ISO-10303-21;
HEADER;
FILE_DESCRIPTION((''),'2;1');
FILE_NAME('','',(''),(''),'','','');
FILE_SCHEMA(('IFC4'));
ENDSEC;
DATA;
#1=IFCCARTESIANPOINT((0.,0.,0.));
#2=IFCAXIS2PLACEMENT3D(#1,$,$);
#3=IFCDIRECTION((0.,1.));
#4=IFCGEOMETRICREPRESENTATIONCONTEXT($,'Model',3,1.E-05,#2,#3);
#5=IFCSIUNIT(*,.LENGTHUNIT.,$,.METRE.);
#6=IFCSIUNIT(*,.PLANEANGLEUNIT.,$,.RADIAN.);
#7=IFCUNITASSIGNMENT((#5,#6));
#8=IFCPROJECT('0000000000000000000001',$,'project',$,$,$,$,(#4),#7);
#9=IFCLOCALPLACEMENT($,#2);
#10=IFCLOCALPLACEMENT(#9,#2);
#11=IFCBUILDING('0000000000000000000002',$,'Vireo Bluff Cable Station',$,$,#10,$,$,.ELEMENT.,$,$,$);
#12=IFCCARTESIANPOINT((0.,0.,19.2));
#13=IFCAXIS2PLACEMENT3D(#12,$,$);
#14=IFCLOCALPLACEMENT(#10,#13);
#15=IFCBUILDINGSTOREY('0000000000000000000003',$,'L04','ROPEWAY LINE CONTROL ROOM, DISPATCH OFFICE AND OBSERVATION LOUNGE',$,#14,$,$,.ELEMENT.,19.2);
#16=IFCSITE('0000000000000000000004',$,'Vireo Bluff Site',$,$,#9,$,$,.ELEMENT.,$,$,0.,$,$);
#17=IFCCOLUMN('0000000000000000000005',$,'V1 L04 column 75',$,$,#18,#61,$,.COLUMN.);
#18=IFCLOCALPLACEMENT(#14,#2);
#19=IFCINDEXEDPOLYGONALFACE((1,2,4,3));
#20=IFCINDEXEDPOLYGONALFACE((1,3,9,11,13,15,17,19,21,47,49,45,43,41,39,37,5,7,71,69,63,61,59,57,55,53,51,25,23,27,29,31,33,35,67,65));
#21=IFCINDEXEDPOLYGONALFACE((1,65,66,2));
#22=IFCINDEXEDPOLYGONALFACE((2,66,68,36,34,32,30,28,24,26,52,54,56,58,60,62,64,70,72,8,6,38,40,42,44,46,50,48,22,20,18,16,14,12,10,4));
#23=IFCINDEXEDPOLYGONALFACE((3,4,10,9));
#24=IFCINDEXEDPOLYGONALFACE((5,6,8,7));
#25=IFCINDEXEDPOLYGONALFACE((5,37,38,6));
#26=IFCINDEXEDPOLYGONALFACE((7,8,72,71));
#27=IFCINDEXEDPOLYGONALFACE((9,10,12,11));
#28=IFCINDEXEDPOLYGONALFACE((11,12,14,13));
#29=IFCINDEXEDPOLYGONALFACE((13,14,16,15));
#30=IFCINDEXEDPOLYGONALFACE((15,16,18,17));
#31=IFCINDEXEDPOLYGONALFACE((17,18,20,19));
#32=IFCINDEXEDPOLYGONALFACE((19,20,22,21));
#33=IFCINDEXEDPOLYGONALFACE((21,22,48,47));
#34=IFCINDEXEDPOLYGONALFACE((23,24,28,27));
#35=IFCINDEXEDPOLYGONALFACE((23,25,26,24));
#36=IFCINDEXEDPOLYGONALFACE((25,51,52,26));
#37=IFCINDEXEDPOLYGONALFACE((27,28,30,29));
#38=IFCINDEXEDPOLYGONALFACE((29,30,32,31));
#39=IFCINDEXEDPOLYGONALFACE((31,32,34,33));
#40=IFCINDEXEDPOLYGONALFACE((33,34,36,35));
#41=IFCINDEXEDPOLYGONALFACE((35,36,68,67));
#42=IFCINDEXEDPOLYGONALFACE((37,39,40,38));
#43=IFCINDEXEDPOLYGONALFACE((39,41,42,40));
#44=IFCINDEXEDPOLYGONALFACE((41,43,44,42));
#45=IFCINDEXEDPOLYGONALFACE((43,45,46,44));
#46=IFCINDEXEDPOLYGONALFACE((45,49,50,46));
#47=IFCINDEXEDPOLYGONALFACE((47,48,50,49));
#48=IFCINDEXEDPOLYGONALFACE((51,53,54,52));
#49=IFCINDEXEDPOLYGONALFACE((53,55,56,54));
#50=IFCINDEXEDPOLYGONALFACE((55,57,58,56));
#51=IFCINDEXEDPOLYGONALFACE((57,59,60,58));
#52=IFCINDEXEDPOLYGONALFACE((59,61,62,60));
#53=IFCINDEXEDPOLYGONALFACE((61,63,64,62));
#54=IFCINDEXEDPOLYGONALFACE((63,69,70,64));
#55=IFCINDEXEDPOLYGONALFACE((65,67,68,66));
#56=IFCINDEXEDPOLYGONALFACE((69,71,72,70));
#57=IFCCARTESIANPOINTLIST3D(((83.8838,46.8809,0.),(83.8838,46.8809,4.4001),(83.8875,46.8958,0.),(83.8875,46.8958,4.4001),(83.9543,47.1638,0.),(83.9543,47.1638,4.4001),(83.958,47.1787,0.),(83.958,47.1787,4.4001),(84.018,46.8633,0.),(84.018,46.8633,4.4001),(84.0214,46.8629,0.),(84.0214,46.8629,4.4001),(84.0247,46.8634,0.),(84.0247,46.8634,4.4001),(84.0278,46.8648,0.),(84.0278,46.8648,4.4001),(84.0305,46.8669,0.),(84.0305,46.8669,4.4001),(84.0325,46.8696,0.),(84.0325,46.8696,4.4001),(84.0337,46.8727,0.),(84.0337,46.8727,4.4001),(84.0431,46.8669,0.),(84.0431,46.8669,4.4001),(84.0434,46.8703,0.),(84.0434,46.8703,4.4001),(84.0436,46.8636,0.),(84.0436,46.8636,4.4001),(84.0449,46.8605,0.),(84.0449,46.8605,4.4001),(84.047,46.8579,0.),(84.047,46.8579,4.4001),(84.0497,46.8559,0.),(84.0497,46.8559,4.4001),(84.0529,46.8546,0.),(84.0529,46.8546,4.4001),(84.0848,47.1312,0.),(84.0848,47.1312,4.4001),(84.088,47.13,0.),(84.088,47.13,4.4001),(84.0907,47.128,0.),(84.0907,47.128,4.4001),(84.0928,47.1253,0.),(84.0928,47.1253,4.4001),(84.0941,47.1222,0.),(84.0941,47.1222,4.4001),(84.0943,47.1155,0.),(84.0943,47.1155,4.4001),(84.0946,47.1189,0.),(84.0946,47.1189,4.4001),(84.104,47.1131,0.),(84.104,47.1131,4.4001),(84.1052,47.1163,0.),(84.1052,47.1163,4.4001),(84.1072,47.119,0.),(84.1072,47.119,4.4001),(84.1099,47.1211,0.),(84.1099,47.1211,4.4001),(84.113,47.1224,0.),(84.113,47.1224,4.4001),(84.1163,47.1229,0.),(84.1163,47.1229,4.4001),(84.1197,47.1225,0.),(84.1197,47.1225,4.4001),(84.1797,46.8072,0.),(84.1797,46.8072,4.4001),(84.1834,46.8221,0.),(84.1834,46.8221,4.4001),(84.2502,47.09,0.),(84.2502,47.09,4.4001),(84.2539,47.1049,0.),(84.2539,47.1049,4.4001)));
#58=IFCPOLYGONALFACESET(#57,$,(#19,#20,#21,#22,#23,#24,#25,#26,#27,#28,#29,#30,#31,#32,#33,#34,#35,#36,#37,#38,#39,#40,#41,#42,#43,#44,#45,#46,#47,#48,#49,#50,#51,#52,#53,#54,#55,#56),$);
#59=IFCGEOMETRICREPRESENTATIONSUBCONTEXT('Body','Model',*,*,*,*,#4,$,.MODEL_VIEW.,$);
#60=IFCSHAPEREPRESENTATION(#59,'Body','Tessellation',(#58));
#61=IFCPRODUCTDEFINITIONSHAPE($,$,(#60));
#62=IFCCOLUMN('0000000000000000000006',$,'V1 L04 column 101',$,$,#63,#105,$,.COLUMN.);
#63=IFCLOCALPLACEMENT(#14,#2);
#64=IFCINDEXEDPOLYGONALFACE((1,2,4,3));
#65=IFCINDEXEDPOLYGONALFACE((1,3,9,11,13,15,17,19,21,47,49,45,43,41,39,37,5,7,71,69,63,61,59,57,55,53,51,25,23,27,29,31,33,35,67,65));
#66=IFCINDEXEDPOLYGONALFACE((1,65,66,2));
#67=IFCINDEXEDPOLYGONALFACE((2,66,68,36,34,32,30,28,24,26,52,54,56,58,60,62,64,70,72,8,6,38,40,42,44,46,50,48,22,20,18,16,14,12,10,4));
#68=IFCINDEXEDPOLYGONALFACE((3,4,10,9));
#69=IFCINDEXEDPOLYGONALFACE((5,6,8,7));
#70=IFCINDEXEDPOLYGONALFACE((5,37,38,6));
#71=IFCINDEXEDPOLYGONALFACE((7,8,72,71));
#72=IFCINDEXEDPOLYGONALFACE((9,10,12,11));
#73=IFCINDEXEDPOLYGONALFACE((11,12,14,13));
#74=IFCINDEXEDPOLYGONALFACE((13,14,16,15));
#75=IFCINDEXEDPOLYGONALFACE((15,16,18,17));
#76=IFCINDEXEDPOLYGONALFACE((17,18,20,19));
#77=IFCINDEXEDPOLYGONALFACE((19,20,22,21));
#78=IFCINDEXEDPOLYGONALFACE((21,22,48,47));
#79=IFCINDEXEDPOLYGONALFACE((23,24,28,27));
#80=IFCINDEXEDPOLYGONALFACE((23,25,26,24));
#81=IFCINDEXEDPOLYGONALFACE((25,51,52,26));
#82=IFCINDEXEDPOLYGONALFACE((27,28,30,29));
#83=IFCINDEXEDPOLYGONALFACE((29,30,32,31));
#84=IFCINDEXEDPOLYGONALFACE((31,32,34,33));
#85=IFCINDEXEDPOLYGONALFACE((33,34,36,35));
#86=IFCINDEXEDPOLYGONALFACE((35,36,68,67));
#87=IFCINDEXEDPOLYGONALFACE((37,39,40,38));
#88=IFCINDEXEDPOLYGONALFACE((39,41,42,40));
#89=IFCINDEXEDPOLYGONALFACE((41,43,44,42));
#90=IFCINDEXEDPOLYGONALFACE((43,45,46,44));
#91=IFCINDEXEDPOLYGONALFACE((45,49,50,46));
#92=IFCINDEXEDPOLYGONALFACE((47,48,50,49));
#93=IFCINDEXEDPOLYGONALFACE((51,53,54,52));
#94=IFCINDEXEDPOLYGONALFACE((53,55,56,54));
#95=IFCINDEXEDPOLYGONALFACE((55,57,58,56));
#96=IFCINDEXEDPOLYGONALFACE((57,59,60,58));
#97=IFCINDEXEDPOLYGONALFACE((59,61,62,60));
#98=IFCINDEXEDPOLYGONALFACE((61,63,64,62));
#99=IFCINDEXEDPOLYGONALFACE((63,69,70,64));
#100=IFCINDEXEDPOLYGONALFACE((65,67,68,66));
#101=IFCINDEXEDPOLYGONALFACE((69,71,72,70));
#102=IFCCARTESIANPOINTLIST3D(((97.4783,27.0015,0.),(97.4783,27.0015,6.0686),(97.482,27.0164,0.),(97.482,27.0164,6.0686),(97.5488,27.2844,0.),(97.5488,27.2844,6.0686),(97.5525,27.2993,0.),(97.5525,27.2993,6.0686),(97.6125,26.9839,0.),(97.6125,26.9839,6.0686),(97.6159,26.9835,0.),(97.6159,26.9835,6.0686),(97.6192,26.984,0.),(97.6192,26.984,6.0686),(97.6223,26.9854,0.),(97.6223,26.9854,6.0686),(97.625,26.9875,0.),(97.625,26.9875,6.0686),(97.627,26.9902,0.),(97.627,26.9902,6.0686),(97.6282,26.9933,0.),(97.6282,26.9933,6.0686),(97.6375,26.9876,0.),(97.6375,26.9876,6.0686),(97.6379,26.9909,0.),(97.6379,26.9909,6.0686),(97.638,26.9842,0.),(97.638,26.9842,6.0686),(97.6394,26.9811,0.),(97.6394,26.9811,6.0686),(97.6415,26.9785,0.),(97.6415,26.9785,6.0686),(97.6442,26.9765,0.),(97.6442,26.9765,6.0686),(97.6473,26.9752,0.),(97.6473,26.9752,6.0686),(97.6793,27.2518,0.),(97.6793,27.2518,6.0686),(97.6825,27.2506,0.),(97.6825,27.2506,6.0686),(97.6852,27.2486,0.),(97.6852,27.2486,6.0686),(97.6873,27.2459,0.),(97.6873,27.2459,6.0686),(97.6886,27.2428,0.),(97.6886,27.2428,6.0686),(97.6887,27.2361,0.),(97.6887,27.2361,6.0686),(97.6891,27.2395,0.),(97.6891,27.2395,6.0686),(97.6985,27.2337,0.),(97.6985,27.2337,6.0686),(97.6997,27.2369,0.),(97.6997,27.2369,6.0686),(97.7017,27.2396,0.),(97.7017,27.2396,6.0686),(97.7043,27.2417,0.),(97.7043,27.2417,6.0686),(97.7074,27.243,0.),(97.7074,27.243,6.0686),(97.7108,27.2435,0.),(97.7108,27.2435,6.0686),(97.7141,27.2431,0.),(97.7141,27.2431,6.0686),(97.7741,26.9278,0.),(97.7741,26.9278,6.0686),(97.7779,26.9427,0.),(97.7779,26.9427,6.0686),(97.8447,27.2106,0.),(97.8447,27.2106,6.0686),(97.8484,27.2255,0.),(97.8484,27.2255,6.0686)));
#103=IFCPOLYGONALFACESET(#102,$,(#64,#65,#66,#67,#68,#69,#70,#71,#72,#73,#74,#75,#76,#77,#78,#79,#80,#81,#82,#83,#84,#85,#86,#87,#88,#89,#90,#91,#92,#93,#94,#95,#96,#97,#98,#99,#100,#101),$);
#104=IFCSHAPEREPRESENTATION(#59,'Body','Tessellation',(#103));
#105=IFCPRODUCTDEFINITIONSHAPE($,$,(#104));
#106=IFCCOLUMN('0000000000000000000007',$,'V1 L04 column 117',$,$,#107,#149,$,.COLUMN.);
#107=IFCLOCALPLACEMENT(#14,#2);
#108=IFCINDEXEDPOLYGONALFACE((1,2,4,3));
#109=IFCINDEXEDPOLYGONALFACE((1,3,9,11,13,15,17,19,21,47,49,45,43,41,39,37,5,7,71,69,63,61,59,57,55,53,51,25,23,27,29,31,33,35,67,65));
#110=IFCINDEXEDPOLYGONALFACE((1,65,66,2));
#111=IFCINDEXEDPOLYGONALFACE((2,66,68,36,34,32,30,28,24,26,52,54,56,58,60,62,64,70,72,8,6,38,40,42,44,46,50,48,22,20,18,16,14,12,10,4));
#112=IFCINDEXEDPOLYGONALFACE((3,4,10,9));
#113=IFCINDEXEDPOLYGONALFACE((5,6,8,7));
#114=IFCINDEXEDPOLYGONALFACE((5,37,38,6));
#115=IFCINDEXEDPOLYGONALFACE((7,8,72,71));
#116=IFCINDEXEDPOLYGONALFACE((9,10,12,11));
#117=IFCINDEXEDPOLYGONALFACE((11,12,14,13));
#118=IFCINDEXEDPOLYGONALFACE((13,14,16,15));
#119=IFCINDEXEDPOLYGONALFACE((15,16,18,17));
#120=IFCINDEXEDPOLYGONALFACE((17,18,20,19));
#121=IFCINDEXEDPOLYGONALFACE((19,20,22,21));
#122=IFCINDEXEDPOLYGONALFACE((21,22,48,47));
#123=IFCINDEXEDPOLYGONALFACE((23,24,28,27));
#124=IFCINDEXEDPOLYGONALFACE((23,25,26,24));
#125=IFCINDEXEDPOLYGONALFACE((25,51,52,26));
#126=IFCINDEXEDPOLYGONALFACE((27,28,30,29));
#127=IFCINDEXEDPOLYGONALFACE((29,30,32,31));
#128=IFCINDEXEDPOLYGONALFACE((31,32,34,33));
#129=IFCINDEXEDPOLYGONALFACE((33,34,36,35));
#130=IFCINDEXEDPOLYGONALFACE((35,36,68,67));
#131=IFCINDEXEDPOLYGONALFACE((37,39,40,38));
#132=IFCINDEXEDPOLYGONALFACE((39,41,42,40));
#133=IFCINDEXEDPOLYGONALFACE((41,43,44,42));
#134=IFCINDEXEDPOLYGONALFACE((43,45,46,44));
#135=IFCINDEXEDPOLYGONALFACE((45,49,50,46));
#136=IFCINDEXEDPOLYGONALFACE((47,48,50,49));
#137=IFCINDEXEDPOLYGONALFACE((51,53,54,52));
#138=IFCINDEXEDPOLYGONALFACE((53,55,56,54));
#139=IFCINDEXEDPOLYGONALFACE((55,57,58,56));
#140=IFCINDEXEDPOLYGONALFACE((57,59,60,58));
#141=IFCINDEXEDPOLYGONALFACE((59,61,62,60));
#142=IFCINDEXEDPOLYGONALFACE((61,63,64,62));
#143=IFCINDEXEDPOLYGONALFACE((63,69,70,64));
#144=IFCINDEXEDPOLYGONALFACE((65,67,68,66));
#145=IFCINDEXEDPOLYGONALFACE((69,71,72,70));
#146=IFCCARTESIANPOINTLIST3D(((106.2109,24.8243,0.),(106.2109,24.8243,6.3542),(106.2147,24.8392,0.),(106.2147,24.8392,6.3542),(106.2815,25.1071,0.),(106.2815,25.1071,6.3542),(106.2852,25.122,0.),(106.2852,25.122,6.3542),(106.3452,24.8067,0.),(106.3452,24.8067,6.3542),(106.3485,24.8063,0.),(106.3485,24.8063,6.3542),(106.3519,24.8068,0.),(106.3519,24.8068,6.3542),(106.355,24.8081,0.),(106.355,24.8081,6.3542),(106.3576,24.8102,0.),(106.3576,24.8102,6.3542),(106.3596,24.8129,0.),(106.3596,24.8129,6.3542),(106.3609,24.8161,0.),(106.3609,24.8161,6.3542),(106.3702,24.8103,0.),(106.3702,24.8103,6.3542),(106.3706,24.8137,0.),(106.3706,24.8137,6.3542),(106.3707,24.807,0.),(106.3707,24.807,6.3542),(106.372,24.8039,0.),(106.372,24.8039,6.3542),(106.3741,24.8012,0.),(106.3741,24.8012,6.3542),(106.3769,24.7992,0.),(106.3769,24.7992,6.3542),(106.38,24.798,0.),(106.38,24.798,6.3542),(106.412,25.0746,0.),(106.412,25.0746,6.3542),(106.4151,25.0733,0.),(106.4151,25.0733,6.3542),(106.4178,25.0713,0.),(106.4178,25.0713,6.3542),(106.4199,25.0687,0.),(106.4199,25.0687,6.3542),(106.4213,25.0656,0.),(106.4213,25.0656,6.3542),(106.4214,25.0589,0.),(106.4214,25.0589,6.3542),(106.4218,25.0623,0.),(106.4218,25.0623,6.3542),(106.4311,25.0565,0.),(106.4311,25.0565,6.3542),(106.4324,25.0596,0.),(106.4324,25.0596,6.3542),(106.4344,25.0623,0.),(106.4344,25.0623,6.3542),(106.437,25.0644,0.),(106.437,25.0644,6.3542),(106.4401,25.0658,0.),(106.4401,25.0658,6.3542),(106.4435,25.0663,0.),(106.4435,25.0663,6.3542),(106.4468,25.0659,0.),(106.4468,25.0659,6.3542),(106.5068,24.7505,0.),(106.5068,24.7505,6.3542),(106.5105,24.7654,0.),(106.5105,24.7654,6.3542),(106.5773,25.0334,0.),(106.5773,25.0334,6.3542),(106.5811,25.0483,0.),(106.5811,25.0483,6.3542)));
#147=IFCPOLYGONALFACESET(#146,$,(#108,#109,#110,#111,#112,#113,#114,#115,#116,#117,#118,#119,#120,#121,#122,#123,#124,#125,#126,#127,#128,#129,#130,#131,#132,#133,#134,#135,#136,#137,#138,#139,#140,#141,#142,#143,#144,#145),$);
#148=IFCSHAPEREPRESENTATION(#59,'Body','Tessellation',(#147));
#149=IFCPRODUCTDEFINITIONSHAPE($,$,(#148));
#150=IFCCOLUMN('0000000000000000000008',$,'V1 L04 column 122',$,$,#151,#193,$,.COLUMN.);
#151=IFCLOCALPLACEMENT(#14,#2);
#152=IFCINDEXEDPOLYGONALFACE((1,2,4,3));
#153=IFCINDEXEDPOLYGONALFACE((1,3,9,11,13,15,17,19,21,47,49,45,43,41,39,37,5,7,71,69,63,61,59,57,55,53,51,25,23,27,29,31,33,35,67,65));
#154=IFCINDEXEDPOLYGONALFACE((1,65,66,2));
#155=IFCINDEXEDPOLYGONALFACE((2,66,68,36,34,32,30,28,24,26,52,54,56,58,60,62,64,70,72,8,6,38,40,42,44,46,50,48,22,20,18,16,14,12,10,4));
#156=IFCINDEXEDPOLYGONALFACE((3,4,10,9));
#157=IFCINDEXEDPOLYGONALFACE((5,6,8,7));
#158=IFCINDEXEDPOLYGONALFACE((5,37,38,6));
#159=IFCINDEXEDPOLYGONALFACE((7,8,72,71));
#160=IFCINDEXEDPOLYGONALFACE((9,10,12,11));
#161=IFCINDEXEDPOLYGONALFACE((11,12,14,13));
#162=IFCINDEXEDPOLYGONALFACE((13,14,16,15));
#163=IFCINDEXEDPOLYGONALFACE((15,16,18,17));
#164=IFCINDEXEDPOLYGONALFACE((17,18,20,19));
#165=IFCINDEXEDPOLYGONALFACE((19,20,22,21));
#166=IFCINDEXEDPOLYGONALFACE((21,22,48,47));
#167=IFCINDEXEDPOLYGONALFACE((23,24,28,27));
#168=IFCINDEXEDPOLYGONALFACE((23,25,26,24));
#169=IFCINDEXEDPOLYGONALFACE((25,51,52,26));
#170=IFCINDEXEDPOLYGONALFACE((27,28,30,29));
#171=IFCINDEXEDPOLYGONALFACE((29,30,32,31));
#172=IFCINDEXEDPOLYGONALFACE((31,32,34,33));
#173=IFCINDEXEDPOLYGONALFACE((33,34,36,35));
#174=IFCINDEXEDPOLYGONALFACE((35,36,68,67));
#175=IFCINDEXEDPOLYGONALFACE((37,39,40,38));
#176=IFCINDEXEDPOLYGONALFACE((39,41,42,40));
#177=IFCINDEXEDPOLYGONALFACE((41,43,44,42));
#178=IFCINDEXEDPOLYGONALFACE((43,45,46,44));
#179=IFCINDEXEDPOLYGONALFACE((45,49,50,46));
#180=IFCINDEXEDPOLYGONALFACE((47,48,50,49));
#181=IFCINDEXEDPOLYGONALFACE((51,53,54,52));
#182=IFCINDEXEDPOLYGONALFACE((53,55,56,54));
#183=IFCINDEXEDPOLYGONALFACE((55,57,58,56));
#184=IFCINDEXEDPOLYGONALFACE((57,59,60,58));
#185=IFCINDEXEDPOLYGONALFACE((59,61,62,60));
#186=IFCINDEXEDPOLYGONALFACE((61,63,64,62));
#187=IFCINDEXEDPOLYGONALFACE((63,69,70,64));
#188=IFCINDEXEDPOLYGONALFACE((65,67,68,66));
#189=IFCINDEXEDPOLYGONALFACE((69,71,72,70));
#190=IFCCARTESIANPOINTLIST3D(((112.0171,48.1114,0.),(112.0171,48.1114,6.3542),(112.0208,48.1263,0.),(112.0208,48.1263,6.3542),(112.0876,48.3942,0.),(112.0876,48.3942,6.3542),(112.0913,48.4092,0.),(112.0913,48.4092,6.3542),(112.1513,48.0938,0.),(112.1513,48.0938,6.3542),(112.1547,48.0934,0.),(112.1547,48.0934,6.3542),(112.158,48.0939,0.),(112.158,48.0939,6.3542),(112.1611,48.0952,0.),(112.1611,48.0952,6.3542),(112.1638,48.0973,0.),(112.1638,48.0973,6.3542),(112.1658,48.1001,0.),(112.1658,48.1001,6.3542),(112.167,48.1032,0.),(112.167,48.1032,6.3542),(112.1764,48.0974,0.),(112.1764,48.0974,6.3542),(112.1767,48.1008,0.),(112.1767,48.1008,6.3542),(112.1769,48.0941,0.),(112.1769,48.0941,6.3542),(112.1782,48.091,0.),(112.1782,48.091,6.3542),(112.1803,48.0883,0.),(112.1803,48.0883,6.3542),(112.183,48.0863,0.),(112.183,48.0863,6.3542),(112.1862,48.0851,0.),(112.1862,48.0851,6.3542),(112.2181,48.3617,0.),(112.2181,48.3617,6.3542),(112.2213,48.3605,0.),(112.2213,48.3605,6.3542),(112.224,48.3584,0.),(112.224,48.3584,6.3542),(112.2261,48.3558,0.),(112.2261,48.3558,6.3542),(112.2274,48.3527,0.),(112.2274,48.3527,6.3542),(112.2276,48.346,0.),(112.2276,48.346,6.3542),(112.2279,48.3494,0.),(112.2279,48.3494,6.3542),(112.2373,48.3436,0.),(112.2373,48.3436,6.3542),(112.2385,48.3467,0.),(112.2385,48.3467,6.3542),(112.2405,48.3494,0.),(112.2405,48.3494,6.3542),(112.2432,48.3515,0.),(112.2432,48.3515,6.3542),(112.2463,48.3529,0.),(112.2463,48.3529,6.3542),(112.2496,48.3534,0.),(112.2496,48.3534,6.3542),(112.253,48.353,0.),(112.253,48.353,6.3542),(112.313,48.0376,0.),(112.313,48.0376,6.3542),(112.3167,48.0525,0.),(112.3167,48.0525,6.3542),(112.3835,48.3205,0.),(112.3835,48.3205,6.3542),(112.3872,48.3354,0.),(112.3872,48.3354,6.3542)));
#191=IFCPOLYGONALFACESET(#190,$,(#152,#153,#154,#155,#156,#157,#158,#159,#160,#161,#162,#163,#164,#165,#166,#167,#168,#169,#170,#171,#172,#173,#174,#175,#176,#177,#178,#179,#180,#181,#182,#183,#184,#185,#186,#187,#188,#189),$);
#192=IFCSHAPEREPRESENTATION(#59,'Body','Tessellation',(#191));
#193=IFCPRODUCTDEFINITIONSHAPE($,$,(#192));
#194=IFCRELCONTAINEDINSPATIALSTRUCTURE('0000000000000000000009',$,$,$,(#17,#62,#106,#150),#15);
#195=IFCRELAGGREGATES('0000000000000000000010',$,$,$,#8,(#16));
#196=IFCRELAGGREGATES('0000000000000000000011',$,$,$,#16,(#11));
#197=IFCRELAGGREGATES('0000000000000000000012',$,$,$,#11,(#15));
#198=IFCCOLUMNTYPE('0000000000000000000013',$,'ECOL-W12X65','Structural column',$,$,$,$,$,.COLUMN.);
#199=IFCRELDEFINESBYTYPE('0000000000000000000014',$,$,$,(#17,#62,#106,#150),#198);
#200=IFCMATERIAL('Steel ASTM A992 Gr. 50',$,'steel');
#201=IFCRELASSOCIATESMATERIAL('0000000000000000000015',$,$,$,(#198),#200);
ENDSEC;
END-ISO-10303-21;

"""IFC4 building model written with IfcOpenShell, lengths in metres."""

from ifc_helpers import new_model, si_unit, direction, frame, origin, origin_2d, place, context, subcontext, project, spatial, i_section, extrude, material, material_profile, profile_set, type_object, element, save


model = new_model("IFC4")

# Units and contexts
model_context = context("Model", 3, precision=1e-05, world=origin(), true_north=direction((0.0, 1.0)))
body_context = subcontext(model_context, "Body", "Model", "MODEL_VIEW")
ifc_project = project(units=[si_unit("LENGTHUNIT", "METRE"), si_unit("PLANEANGLEUNIT", "RADIAN")], contexts=[model_context])

# Site, building, storey
site_placement = place(None, origin())
site = spatial("IfcSite", under=ifc_project, at=site_placement, Name="Vireo Bluff Site", CompositionType="ELEMENT", RefElevation=0.0)
building_placement = place(site_placement, origin())
building = spatial("IfcBuilding", under=site, at=building_placement, Name="Vireo Bluff Cable Station", CompositionType="ELEMENT")
storey_placement = place(building_placement, frame((0.0, 0.0, 19.2)))
storey = spatial("IfcBuildingStorey", under=building, at=storey_placement, Name="L04", Description="ROPEWAY LINE CONTROL ROOM, DISPATCH OFFICE AND OBSERVATION LOUNGE", CompositionType="ELEMENT", Elevation=19.2)

# Columns
ifc_material_1 = material(Name="Steel ASTM A992 Gr. 50", Category="steel")
ifc_material_profile_1 = material_profile(ifc_material_1, i_section(OverallWidth=0.3049, OverallDepth=0.3069, WebThickness=0.01, FlangeThickness=0.0154, FilletRadius=0.0129, at=origin_2d()), Name="W12X65")
ifc_profile_set_1 = profile_set([ifc_material_profile_1], Name="Steel ASTM A992 Gr. 50")
column_type_1 = type_object("IfcColumnType", Name="ECOL-W12X65", Description="Structural column", PredefinedType="COLUMN", material=ifc_profile_set_1)
column_1_placement = place(storey_placement, frame((84.0688, 46.9929, 0.0), z_axis=(0.0, 0.0, 1.0), x_axis=(0.970296, -0.241922, 0.0)))
element("IfcColumn", 1, at=column_1_placement, inside=storey, type_object=column_type_1, Name="V1 L04 column 75", PredefinedType="COLUMN", context=body_context, shape_type="SweptSolid", body=[
    extrude(i_section(OverallWidth=0.3049, OverallDepth=0.3069, WebThickness=0.01, FlangeThickness=0.0154, FilletRadius=0.0129, at=origin_2d()), origin(), (0.0, 0.0, 1.0), 4.4001),
])
column_2_placement = place(storey_placement, frame((97.6633, 27.1135, 0.0), z_axis=(0.0, 0.0, 1.0), x_axis=(0.970296, -0.241922, 0.0)))
element("IfcColumn", 2, at=column_2_placement, inside=storey, type_object=column_type_1, Name="V1 L04 column 101", PredefinedType="COLUMN", context=body_context, shape_type="SweptSolid", body=[
    extrude(i_section(OverallWidth=0.3049, OverallDepth=0.3069, WebThickness=0.01, FlangeThickness=0.0154, FilletRadius=0.0129, at=origin_2d()), origin(), (0.0, 0.0, 1.0), 6.0686),
])
for number, where, z_axis, x_axis, name in (
    (3, (106.396, 24.9363, 0.0), (0.0, 0.0, 1.0), (0.970296, -0.241922, 0.0), "V1 L04 column 117"),
    (4, (112.2021, 48.2234, 0.0), (0.0, 0.0, 1.0), (0.970296, -0.241922, 0.0), "V1 L04 column 122"),
):
    element("IfcColumn", number, at=place(storey_placement, frame(where, z_axis=z_axis, x_axis=x_axis)), inside=storey, type_object=column_type_1, Name=name, PredefinedType="COLUMN", context=body_context, shape_type="SweptSolid", body=[
        extrude(i_section(OverallWidth=0.3049, OverallDepth=0.3069, WebThickness=0.01, FlangeThickness=0.0154, FilletRadius=0.0129, at=origin_2d()), origin(), (0.0, 0.0, 1.0), 6.3542),
    ])

save(model, "model.ifc")
